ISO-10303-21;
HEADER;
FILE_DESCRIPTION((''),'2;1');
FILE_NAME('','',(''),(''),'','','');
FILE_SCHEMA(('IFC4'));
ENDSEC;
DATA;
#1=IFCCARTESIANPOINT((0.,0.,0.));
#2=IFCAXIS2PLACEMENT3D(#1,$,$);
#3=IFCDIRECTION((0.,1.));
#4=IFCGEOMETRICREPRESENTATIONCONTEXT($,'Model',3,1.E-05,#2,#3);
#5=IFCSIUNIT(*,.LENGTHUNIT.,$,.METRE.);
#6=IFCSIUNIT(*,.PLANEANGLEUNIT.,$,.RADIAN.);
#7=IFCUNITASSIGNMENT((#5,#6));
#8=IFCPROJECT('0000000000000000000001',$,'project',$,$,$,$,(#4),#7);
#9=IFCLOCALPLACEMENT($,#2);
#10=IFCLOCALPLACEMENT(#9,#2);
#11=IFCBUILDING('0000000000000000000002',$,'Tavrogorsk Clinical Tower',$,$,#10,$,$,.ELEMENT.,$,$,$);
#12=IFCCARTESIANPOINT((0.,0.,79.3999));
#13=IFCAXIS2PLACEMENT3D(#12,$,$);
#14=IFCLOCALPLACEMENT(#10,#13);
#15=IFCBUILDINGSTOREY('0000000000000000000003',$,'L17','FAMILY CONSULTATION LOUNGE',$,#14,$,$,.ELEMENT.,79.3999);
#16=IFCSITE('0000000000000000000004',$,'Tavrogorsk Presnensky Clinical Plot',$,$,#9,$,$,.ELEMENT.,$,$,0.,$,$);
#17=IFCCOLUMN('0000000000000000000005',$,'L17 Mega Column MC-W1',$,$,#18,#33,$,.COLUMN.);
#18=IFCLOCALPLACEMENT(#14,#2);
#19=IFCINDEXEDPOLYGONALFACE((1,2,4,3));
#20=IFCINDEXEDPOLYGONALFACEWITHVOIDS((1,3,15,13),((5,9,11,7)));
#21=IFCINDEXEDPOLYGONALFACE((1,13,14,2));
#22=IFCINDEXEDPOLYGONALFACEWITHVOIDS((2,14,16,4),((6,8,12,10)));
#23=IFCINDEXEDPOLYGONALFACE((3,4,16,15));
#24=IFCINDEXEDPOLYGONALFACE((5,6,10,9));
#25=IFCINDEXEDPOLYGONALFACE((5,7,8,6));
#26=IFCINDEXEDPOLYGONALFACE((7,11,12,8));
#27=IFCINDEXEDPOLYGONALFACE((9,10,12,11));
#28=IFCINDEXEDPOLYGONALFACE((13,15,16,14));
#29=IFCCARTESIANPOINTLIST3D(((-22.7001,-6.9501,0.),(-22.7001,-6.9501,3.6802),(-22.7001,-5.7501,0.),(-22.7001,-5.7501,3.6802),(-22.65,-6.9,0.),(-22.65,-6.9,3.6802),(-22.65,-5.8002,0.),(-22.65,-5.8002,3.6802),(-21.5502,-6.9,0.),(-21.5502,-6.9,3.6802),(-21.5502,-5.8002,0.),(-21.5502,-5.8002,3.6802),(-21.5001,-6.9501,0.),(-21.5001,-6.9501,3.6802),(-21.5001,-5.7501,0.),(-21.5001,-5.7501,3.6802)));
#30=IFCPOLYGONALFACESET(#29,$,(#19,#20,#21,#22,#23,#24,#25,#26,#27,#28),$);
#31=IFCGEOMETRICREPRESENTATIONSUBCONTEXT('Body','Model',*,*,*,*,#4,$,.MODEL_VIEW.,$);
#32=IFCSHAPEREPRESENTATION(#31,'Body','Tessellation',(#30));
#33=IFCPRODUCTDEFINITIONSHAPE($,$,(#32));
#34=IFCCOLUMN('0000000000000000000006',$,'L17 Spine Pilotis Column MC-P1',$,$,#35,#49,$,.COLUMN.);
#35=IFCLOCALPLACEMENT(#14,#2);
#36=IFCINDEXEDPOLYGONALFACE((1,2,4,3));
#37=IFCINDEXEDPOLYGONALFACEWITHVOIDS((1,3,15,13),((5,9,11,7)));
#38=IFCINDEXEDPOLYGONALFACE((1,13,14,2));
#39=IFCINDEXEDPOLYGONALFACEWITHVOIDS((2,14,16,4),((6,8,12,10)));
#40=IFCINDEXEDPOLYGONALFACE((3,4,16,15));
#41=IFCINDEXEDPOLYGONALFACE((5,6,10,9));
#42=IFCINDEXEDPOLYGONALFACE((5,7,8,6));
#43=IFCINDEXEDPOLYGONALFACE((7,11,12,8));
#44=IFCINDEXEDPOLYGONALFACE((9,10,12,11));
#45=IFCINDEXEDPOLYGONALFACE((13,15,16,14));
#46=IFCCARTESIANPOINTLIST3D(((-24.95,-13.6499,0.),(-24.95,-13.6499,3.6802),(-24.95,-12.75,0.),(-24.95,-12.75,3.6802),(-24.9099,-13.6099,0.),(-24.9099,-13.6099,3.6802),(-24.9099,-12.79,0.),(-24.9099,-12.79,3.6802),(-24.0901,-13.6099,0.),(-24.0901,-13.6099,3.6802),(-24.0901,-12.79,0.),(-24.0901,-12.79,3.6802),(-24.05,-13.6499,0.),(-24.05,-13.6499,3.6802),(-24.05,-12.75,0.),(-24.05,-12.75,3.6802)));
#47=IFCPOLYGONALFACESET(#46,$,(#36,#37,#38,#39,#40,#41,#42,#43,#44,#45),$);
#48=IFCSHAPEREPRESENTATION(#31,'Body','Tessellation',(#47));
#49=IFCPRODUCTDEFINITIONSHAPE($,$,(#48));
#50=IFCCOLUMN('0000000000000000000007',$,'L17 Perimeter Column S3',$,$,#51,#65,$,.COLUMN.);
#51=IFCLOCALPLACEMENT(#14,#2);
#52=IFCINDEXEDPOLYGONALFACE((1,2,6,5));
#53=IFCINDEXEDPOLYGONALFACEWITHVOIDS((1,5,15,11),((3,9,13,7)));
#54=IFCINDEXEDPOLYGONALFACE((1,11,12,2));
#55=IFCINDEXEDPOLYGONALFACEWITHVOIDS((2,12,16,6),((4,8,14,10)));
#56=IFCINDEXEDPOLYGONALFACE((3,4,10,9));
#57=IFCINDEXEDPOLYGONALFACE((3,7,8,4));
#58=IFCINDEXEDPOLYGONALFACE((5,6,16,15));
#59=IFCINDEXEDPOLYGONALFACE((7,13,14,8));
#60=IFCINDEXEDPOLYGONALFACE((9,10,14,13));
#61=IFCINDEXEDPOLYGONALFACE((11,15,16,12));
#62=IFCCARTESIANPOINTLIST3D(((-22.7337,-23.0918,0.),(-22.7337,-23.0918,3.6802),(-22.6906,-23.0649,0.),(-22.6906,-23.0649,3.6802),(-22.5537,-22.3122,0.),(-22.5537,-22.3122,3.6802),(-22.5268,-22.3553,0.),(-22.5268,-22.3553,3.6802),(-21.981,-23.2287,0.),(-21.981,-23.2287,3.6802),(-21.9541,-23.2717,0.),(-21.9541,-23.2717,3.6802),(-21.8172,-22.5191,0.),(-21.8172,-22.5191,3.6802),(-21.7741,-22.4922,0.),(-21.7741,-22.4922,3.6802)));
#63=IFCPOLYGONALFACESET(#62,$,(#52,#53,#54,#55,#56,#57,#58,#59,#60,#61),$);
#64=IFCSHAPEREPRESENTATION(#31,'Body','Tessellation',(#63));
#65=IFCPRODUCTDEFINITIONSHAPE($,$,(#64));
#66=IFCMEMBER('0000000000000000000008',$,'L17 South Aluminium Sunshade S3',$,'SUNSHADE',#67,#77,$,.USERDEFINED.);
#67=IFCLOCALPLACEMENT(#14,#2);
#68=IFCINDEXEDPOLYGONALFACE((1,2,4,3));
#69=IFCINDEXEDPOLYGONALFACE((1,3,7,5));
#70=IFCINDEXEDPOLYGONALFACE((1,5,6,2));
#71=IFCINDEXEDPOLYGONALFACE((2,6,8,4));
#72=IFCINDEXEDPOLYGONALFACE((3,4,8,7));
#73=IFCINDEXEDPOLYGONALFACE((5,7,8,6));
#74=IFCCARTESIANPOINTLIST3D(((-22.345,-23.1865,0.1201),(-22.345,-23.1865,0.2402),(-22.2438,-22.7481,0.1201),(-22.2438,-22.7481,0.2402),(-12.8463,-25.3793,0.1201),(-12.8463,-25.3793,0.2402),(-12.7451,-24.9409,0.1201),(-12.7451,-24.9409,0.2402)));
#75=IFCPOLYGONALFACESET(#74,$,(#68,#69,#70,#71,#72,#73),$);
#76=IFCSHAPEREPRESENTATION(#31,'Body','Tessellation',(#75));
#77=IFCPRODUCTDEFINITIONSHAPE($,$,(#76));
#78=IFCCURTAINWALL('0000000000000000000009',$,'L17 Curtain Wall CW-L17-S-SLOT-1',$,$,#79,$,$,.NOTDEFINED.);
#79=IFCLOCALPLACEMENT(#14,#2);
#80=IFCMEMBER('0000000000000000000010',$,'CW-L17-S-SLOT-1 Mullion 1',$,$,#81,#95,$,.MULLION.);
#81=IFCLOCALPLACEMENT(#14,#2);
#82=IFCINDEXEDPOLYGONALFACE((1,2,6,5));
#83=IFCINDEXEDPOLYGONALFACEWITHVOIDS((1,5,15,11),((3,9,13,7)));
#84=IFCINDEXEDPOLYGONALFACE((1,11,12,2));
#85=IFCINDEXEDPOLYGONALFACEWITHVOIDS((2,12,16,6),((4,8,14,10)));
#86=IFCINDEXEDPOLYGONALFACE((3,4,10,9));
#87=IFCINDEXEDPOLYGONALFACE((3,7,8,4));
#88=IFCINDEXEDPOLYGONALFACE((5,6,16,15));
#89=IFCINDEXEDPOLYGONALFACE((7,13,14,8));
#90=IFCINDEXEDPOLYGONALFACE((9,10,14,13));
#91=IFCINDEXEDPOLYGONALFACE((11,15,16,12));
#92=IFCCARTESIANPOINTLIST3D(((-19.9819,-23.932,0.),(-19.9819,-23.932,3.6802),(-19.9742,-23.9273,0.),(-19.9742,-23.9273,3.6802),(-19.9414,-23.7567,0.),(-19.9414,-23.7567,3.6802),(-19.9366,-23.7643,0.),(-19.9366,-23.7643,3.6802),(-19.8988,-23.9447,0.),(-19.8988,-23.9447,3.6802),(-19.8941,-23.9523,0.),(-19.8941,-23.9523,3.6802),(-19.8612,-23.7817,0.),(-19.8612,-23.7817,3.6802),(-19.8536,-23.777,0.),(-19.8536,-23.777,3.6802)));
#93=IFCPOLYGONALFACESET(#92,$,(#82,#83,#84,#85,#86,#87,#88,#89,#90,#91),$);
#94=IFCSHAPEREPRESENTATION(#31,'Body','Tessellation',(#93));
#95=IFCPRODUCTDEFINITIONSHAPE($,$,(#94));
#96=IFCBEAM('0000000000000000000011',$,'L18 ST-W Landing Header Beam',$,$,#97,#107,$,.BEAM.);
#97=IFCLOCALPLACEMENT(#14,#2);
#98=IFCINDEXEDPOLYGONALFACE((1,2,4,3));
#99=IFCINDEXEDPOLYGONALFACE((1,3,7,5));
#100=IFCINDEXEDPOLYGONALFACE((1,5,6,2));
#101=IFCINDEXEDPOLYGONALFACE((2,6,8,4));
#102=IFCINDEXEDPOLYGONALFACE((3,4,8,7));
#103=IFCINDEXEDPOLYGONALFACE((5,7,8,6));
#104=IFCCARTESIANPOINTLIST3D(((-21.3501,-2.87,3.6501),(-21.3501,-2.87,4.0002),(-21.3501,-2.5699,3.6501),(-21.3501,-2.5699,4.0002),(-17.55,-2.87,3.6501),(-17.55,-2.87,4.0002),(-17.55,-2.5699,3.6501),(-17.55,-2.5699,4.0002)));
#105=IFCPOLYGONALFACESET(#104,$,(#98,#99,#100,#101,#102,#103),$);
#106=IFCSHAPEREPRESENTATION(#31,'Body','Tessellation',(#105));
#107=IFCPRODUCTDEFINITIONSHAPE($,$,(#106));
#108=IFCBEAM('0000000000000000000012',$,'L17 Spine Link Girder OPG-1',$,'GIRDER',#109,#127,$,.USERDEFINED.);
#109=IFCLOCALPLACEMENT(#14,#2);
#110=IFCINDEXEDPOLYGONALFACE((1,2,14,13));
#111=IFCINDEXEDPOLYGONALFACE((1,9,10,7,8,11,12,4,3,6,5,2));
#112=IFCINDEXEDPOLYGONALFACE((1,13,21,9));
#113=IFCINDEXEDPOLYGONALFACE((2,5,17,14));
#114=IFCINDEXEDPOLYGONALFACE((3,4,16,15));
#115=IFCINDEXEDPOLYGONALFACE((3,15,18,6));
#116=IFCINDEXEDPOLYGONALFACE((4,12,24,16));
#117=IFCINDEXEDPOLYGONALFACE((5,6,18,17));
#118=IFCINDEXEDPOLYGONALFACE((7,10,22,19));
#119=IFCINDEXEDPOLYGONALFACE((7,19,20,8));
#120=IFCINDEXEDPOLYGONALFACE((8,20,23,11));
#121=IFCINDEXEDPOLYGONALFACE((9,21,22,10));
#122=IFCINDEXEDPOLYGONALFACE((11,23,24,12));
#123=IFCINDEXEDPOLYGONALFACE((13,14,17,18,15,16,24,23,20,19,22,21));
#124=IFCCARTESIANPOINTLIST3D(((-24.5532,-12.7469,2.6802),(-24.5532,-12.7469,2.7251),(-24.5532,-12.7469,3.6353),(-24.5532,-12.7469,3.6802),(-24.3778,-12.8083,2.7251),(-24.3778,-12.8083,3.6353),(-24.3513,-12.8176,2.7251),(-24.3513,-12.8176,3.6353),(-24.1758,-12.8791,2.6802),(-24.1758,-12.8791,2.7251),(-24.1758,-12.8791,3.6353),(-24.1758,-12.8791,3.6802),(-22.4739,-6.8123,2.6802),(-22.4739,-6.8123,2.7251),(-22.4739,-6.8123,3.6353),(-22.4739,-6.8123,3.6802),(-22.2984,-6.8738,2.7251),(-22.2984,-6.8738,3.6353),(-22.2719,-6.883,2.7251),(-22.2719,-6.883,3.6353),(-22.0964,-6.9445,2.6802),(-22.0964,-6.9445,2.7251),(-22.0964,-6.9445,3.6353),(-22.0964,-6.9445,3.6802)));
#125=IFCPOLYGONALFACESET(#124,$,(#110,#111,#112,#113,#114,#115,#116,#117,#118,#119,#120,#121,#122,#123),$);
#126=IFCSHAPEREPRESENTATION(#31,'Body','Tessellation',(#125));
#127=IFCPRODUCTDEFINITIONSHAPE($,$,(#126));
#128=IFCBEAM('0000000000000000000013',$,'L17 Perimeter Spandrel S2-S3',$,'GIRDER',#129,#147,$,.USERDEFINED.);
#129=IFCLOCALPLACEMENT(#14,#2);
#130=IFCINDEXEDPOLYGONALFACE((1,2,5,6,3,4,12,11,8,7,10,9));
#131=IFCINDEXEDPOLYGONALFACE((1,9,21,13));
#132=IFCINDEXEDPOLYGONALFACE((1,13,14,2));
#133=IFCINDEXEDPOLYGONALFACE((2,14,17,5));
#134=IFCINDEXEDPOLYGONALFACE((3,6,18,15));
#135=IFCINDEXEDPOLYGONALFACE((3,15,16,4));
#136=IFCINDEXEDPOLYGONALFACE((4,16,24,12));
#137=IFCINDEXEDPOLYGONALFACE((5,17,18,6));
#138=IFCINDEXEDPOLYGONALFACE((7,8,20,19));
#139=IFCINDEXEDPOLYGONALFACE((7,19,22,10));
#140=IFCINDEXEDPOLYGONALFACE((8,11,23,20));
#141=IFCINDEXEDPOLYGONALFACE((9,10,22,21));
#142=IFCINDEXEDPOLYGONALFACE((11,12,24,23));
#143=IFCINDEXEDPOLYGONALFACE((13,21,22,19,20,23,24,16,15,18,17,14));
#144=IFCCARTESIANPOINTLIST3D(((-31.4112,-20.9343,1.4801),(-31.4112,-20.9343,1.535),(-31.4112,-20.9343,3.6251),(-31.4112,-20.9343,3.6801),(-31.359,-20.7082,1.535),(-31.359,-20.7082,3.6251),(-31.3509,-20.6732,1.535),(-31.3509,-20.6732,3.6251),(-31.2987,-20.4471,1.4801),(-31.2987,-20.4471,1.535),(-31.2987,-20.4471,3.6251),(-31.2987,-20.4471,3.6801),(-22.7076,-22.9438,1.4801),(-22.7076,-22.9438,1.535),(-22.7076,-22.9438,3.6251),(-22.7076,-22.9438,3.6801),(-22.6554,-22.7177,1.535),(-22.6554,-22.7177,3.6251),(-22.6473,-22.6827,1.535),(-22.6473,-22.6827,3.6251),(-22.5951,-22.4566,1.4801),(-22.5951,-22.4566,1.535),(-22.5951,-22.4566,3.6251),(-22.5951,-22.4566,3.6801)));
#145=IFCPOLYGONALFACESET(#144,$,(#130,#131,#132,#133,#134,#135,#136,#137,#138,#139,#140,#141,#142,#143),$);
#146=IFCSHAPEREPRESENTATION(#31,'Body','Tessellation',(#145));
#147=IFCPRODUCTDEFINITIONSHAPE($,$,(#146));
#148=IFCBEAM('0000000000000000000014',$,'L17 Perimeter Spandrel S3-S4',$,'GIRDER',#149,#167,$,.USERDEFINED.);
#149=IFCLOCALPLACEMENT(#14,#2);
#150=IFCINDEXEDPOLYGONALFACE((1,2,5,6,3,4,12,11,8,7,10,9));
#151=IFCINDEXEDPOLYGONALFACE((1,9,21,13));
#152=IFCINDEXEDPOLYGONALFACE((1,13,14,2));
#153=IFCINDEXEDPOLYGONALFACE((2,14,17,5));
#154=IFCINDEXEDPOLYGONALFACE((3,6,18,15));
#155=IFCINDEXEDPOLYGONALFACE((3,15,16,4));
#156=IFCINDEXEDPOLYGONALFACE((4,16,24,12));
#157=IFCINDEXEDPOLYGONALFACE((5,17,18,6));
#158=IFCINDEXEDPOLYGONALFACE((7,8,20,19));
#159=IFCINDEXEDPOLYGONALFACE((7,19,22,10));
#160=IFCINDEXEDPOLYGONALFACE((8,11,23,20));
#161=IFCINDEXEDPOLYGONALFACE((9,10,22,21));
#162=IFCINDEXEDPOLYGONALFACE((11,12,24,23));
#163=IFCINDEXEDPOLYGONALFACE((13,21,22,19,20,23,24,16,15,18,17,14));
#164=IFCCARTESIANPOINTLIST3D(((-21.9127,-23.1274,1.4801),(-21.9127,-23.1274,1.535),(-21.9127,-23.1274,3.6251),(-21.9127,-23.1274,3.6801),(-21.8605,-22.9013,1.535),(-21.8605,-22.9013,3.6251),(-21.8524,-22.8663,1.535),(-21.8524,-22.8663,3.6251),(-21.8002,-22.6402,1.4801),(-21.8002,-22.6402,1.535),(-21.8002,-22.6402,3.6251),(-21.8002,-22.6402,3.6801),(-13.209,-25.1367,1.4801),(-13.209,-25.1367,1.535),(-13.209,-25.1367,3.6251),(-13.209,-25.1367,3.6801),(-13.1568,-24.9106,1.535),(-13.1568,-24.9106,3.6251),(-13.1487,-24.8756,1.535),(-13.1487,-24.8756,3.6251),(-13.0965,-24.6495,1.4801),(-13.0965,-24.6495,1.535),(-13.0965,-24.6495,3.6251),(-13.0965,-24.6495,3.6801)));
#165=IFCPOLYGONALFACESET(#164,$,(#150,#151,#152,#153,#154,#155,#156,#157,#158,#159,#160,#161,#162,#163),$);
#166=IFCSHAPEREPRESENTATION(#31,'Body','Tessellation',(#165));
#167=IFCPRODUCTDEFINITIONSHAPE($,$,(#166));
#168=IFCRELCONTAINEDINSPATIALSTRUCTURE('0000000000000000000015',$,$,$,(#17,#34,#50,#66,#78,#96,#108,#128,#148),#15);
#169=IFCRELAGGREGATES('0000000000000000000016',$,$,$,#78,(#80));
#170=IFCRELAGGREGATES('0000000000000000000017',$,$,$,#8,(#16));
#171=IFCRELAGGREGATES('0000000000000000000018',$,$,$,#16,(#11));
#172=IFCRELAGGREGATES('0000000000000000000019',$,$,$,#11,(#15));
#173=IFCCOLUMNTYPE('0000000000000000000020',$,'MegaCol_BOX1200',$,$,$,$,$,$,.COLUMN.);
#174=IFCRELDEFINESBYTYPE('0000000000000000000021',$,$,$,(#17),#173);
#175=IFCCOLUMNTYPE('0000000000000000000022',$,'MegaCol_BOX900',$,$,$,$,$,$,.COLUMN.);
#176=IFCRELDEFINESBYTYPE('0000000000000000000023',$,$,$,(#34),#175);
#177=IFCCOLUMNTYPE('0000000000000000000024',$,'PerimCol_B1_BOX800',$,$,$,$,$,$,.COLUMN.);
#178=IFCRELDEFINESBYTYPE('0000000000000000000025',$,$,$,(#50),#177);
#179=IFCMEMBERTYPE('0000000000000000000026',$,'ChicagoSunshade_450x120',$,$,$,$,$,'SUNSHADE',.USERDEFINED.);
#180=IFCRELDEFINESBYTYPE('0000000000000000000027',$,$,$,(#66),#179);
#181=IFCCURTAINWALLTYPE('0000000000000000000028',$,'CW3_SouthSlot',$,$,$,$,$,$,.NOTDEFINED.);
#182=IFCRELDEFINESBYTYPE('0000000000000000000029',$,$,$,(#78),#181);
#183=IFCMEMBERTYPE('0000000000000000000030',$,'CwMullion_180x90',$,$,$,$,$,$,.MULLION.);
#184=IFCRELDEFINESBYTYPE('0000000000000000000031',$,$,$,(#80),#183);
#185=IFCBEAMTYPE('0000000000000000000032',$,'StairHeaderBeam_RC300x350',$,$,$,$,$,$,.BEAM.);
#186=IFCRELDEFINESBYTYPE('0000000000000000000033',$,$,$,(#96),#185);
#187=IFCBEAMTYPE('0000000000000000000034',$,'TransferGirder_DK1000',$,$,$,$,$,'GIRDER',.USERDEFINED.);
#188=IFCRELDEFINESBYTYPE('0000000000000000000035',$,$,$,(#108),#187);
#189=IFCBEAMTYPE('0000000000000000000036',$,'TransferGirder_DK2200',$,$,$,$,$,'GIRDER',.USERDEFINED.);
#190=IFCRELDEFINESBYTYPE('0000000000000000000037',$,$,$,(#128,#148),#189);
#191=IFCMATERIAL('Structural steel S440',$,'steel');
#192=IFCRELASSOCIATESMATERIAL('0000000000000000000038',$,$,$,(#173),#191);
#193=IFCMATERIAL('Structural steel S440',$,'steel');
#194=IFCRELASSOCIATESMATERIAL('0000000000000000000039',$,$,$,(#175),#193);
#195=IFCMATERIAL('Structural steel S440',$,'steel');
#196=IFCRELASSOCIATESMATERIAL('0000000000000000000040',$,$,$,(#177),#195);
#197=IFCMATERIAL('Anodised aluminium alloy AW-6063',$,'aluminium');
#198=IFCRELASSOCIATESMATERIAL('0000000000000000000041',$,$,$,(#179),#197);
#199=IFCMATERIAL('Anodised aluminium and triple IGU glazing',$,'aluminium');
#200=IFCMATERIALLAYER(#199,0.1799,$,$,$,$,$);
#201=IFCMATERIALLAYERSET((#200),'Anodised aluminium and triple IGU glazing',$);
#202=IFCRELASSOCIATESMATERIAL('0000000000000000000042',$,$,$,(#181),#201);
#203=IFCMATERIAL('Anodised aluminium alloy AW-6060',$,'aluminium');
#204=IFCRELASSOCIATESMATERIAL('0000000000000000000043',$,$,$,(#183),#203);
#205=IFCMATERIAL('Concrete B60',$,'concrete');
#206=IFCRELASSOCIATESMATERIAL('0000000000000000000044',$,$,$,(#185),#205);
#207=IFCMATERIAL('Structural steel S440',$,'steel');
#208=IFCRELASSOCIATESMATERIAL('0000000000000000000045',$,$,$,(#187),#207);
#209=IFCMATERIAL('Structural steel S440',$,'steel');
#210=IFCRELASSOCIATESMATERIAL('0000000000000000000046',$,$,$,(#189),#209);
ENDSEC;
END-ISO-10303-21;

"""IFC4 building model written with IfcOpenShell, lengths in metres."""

from ifc_helpers import new_model, si_unit, direction, frame, origin, origin_2d, place, context, subcontext, project, spatial, rectangle, hollow_rectangle, i_section, extrude, material, layer, layer_set, material_profile, profile_set, type_object, element, aggregate, save


model = new_model("IFC4")

# Units and contexts
model_context = context("Model", 3, precision=1e-05, world=origin(), true_north=direction((0.0, 1.0)))
body_context = subcontext(model_context, "Body", "Model", "MODEL_VIEW")
ifc_project = project(units=[si_unit("LENGTHUNIT", "METRE"), si_unit("PLANEANGLEUNIT", "RADIAN")], contexts=[model_context])

# Site, building, storey
site_placement = place(None, origin())
site = spatial("IfcSite", under=ifc_project, at=site_placement, Name="Tavrogorsk Presnensky Clinical Plot", CompositionType="ELEMENT", RefElevation=0.0)
building_placement = place(site_placement, origin())
building = spatial("IfcBuilding", under=site, at=building_placement, Name="Tavrogorsk Clinical Tower", CompositionType="ELEMENT")
storey_placement = place(building_placement, frame((0.0, 0.0, 79.3999)))
storey = spatial("IfcBuildingStorey", under=building, at=storey_placement, Name="L17", Description="FAMILY CONSULTATION LOUNGE", CompositionType="ELEMENT", Elevation=79.3999)

# Columns
ifc_material_1 = material(Name="Structural steel S440", Category="steel")
ifc_material_profile_1 = material_profile(ifc_material_1, hollow_rectangle(XDim=1.2, YDim=1.2, WallThickness=0.05, at=origin_2d()), Name="BOX-1200x1200x50")
ifc_profile_set_1 = profile_set([ifc_material_profile_1], Name="Structural steel S440")
column_type_1 = type_object("IfcColumnType", Name="MegaCol_BOX1200", PredefinedType="COLUMN", material=ifc_profile_set_1)
column_1_placement = place(storey_placement, frame((-22.1001, -6.3501, 0.0), z_axis=(0.0, 0.0, 1.0), x_axis=(1.0, 0.0, 0.0)))
element("IfcColumn", 1, at=column_1_placement, inside=storey, type_object=column_type_1, Name="L17 Mega Column MC-W1", PredefinedType="COLUMN", context=body_context, shape_type="SweptSolid", body=[
    extrude(hollow_rectangle(XDim=1.2, YDim=1.2, WallThickness=0.05, at=origin_2d()), origin(), (0.0, 0.0, 1.0), 3.6802),
])
ifc_material_2 = material(Name="Structural steel S440", Category="steel")
ifc_material_profile_2 = material_profile(ifc_material_2, hollow_rectangle(XDim=0.8999, YDim=0.8999, WallThickness=0.04, at=origin_2d()), Name="BOX-900x900x40")
ifc_profile_set_2 = profile_set([ifc_material_profile_2], Name="Structural steel S440")
column_type_2 = type_object("IfcColumnType", Name="MegaCol_BOX900", PredefinedType="COLUMN", material=ifc_profile_set_2)
column_2_placement = place(storey_placement, frame((-24.5, -13.2, 0.0), z_axis=(0.0, 0.0, 1.0), x_axis=(1.0, 0.0, 0.0)))
element("IfcColumn", 2, at=column_2_placement, inside=storey, type_object=column_type_2, Name="L17 Spine Pilotis Column MC-P1", PredefinedType="COLUMN", context=body_context, shape_type="SweptSolid", body=[
    extrude(hollow_rectangle(XDim=0.8999, YDim=0.8999, WallThickness=0.04, at=origin_2d()), origin(), (0.0, 0.0, 1.0), 3.6802),
])
ifc_material_3 = material(Name="Structural steel S440", Category="steel")
ifc_material_profile_3 = material_profile(ifc_material_3, hollow_rectangle(XDim=0.8, YDim=0.8, WallThickness=0.0359, at=origin_2d()), Name="BOX-800x800x36")
ifc_profile_set_3 = profile_set([ifc_material_profile_3], Name="Structural steel S440")
column_type_3 = type_object("IfcColumnType", Name="PerimCol_B1_BOX800", PredefinedType="COLUMN", material=ifc_profile_set_3)
column_3_placement = place(storey_placement, frame((-22.2539, -22.792, 0.0), z_axis=(0.0, 0.0, 1.0), x_axis=(0.97437, -0.224951, 0.0)))
element("IfcColumn", 3, at=column_3_placement, inside=storey, type_object=column_type_3, Name="L17 Perimeter Column S3", PredefinedType="COLUMN", context=body_context, shape_type="SweptSolid", body=[
    extrude(hollow_rectangle(XDim=0.8, YDim=0.8, WallThickness=0.0359, at=origin_2d()), origin(), (0.0, 0.0, 1.0), 3.6802),
])

# Member
ifc_material_4 = material(Name="Anodised aluminium alloy AW-6063", Category="aluminium")
ifc_material_profile_4 = material_profile(ifc_material_4, rectangle(XDim=0.45, YDim=0.1201, at=origin_2d()), Name="ALU-SUNSHADE-450x120")
ifc_profile_set_4 = profile_set([ifc_material_profile_4], Name="Anodised aluminium alloy AW-6063")
member_type_1 = type_object("IfcMemberType", Name="ChicagoSunshade_450x120", ElementType="SUNSHADE", PredefinedType="USERDEFINED", material=ifc_profile_set_4)
member_1_placement = place(storey_placement, frame((-22.2944, -22.9673, 0.1802), z_axis=(0.974372, -0.224942, 0.0), x_axis=(0.224942, 0.974372, 0.0)))
element("IfcMember", 4, at=member_1_placement, inside=storey, type_object=member_type_1, Name="L17 South Aluminium Sunshade S3", ObjectType="SUNSHADE", PredefinedType="USERDEFINED", context=body_context, shape_type="SweptSolid", body=[
    extrude(rectangle(XDim=0.45, YDim=0.1201, at=origin_2d()), origin(), (0.0, 0.0, 1.0), 9.7485),
])

# Curtain wall, member
ifc_material_5 = material(Name="Anodised aluminium and triple IGU glazing", Category="aluminium")
ifc_layer_1 = layer(ifc_material_5, 0.1799)
ifc_layer_set_1 = layer_set([ifc_layer_1], Name="Anodised aluminium and triple IGU glazing")
curtain_wall_type = type_object("IfcCurtainWallType", Name="CW3_SouthSlot", PredefinedType="NOTDEFINED", material=ifc_layer_set_1)
curtain_wall_placement = place(storey_placement, origin())
curtain_wall = element("IfcCurtainWall", 5, at=curtain_wall_placement, inside=storey, type_object=curtain_wall_type, Name="L17 Curtain Wall CW-L17-S-SLOT-1", PredefinedType="NOTDEFINED")
ifc_material_6 = material(Name="Anodised aluminium alloy AW-6060", Category="aluminium")
ifc_material_profile_5 = material_profile(ifc_material_6, hollow_rectangle(XDim=0.0901, YDim=0.1799, WallThickness=0.0063, at=origin_2d()), Name="RHS-180x90x6.3")
ifc_profile_set_5 = profile_set([ifc_material_profile_5], Name="Anodised aluminium alloy AW-6060")
member_type_2 = type_object("IfcMemberType", Name="CwMullion_180x90", PredefinedType="MULLION", material=ifc_profile_set_5)
member_2_placement = place(storey_placement, frame((-19.9177, -23.8545, 0.0), z_axis=(0.0, 0.0, 1.0), x_axis=(0.97437, -0.224951, 0.0)))
member_2 = element("IfcMember", 6, at=member_2_placement, type_object=member_type_2, Name="CW-L17-S-SLOT-1 Mullion 1", PredefinedType="MULLION", context=body_context, shape_type="SweptSolid", body=[
    extrude(hollow_rectangle(XDim=0.0901, YDim=0.1799, WallThickness=0.0063, at=origin_2d()), origin(), (0.0, 0.0, 1.0), 3.6802),
])
aggregate(curtain_wall, [member_2])

# Beams
ifc_material_7 = material(Name="Concrete B60", Category="concrete")
ifc_material_profile_6 = material_profile(ifc_material_7, rectangle(XDim=0.3, YDim=0.3501, at=origin_2d()), Name="RC-SHB-300x350")
ifc_profile_set_6 = profile_set([ifc_material_profile_6], Name="Concrete B60")
beam_type_1 = type_object("IfcBeamType", Name="StairHeaderBeam_RC300x350", PredefinedType="BEAM", material=ifc_profile_set_6)
beam_1_placement = place(storey_placement, frame((-21.3501, -2.72, 3.8252), z_axis=(1.0, 0.0, 0.0), x_axis=(0.0, 1.0, 0.0)))
element("IfcBeam", 7, at=beam_1_placement, inside=storey, type_object=beam_type_1, Name="L18 ST-W Landing Header Beam", PredefinedType="BEAM", context=body_context, shape_type="SweptSolid", body=[
    extrude(rectangle(XDim=0.3, YDim=0.3501, at=origin_2d()), origin(), (0.0, 0.0, 1.0), 3.8),
])
ifc_material_8 = material(Name="Structural steel S440", Category="steel")
ifc_material_profile_7 = material_profile(ifc_material_8, i_section(OverallWidth=0.3999, OverallDepth=1.0, WebThickness=0.0281, FlangeThickness=0.0449, at=origin_2d()), Name="DK-1000x400x28x45")
ifc_profile_set_7 = profile_set([ifc_material_profile_7], Name="Structural steel S440")
beam_type_2 = type_object("IfcBeamType", Name="TransferGirder_DK1000", ElementType="GIRDER", PredefinedType="USERDEFINED", material=ifc_profile_set_7)
beam_2_placement = place(storey_placement, frame((-24.3645, -12.813, 3.1802), z_axis=(0.330669, 0.943747, 0.0), x_axis=(-0.943747, 0.330669, 0.0)))
element("IfcBeam", 8, at=beam_2_placement, inside=storey, type_object=beam_type_2, Name="L17 Spine Link Girder OPG-1", ObjectType="GIRDER", PredefinedType="USERDEFINED", context=body_context, shape_type="SweptSolid", body=[
    extrude(i_section(OverallWidth=0.3999, OverallDepth=1.0, WebThickness=0.0281, FlangeThickness=0.0449, at=origin_2d()), origin(), (0.0, 0.0, 1.0), 6.2883),
])
ifc_material_9 = material(Name="Structural steel S440", Category="steel")
ifc_material_profile_8 = material_profile(ifc_material_9, i_section(OverallWidth=0.5, OverallDepth=2.2, WebThickness=0.0359, FlangeThickness=0.0549, at=origin_2d()), Name="DK-2200x500x36x55")
ifc_profile_set_8 = profile_set([ifc_material_profile_8], Name="Structural steel S440")
beam_type_3 = type_object("IfcBeamType", Name="TransferGirder_DK2200", ElementType="GIRDER", PredefinedType="USERDEFINED", material=ifc_profile_set_8)
for number, where, z_axis, x_axis, name in (
    (9, (-31.355, -20.6907, 2.5801), (0.974367, -0.224965, 0.0), (0.224965, 0.974367, 0.0), "L17 Perimeter Spandrel S2-S3"),
    (10, (-21.8564, -22.8838, 2.5801), (0.974373, -0.224939, 0.0), (0.224939, 0.974373, 0.0), "L17 Perimeter Spandrel S3-S4"),
):
    element("IfcBeam", number, at=place(storey_placement, frame(where, z_axis=z_axis, x_axis=x_axis)), inside=storey, type_object=beam_type_3, Name=name, ObjectType="GIRDER", PredefinedType="USERDEFINED", context=body_context, shape_type="SweptSolid", body=[
        extrude(i_section(OverallWidth=0.5, OverallDepth=2.2, WebThickness=0.0359, FlangeThickness=0.0549, at=origin_2d()), origin(), (0.0, 0.0, 1.0), 8.9326),
    ])

save(model, "model.ifc")
